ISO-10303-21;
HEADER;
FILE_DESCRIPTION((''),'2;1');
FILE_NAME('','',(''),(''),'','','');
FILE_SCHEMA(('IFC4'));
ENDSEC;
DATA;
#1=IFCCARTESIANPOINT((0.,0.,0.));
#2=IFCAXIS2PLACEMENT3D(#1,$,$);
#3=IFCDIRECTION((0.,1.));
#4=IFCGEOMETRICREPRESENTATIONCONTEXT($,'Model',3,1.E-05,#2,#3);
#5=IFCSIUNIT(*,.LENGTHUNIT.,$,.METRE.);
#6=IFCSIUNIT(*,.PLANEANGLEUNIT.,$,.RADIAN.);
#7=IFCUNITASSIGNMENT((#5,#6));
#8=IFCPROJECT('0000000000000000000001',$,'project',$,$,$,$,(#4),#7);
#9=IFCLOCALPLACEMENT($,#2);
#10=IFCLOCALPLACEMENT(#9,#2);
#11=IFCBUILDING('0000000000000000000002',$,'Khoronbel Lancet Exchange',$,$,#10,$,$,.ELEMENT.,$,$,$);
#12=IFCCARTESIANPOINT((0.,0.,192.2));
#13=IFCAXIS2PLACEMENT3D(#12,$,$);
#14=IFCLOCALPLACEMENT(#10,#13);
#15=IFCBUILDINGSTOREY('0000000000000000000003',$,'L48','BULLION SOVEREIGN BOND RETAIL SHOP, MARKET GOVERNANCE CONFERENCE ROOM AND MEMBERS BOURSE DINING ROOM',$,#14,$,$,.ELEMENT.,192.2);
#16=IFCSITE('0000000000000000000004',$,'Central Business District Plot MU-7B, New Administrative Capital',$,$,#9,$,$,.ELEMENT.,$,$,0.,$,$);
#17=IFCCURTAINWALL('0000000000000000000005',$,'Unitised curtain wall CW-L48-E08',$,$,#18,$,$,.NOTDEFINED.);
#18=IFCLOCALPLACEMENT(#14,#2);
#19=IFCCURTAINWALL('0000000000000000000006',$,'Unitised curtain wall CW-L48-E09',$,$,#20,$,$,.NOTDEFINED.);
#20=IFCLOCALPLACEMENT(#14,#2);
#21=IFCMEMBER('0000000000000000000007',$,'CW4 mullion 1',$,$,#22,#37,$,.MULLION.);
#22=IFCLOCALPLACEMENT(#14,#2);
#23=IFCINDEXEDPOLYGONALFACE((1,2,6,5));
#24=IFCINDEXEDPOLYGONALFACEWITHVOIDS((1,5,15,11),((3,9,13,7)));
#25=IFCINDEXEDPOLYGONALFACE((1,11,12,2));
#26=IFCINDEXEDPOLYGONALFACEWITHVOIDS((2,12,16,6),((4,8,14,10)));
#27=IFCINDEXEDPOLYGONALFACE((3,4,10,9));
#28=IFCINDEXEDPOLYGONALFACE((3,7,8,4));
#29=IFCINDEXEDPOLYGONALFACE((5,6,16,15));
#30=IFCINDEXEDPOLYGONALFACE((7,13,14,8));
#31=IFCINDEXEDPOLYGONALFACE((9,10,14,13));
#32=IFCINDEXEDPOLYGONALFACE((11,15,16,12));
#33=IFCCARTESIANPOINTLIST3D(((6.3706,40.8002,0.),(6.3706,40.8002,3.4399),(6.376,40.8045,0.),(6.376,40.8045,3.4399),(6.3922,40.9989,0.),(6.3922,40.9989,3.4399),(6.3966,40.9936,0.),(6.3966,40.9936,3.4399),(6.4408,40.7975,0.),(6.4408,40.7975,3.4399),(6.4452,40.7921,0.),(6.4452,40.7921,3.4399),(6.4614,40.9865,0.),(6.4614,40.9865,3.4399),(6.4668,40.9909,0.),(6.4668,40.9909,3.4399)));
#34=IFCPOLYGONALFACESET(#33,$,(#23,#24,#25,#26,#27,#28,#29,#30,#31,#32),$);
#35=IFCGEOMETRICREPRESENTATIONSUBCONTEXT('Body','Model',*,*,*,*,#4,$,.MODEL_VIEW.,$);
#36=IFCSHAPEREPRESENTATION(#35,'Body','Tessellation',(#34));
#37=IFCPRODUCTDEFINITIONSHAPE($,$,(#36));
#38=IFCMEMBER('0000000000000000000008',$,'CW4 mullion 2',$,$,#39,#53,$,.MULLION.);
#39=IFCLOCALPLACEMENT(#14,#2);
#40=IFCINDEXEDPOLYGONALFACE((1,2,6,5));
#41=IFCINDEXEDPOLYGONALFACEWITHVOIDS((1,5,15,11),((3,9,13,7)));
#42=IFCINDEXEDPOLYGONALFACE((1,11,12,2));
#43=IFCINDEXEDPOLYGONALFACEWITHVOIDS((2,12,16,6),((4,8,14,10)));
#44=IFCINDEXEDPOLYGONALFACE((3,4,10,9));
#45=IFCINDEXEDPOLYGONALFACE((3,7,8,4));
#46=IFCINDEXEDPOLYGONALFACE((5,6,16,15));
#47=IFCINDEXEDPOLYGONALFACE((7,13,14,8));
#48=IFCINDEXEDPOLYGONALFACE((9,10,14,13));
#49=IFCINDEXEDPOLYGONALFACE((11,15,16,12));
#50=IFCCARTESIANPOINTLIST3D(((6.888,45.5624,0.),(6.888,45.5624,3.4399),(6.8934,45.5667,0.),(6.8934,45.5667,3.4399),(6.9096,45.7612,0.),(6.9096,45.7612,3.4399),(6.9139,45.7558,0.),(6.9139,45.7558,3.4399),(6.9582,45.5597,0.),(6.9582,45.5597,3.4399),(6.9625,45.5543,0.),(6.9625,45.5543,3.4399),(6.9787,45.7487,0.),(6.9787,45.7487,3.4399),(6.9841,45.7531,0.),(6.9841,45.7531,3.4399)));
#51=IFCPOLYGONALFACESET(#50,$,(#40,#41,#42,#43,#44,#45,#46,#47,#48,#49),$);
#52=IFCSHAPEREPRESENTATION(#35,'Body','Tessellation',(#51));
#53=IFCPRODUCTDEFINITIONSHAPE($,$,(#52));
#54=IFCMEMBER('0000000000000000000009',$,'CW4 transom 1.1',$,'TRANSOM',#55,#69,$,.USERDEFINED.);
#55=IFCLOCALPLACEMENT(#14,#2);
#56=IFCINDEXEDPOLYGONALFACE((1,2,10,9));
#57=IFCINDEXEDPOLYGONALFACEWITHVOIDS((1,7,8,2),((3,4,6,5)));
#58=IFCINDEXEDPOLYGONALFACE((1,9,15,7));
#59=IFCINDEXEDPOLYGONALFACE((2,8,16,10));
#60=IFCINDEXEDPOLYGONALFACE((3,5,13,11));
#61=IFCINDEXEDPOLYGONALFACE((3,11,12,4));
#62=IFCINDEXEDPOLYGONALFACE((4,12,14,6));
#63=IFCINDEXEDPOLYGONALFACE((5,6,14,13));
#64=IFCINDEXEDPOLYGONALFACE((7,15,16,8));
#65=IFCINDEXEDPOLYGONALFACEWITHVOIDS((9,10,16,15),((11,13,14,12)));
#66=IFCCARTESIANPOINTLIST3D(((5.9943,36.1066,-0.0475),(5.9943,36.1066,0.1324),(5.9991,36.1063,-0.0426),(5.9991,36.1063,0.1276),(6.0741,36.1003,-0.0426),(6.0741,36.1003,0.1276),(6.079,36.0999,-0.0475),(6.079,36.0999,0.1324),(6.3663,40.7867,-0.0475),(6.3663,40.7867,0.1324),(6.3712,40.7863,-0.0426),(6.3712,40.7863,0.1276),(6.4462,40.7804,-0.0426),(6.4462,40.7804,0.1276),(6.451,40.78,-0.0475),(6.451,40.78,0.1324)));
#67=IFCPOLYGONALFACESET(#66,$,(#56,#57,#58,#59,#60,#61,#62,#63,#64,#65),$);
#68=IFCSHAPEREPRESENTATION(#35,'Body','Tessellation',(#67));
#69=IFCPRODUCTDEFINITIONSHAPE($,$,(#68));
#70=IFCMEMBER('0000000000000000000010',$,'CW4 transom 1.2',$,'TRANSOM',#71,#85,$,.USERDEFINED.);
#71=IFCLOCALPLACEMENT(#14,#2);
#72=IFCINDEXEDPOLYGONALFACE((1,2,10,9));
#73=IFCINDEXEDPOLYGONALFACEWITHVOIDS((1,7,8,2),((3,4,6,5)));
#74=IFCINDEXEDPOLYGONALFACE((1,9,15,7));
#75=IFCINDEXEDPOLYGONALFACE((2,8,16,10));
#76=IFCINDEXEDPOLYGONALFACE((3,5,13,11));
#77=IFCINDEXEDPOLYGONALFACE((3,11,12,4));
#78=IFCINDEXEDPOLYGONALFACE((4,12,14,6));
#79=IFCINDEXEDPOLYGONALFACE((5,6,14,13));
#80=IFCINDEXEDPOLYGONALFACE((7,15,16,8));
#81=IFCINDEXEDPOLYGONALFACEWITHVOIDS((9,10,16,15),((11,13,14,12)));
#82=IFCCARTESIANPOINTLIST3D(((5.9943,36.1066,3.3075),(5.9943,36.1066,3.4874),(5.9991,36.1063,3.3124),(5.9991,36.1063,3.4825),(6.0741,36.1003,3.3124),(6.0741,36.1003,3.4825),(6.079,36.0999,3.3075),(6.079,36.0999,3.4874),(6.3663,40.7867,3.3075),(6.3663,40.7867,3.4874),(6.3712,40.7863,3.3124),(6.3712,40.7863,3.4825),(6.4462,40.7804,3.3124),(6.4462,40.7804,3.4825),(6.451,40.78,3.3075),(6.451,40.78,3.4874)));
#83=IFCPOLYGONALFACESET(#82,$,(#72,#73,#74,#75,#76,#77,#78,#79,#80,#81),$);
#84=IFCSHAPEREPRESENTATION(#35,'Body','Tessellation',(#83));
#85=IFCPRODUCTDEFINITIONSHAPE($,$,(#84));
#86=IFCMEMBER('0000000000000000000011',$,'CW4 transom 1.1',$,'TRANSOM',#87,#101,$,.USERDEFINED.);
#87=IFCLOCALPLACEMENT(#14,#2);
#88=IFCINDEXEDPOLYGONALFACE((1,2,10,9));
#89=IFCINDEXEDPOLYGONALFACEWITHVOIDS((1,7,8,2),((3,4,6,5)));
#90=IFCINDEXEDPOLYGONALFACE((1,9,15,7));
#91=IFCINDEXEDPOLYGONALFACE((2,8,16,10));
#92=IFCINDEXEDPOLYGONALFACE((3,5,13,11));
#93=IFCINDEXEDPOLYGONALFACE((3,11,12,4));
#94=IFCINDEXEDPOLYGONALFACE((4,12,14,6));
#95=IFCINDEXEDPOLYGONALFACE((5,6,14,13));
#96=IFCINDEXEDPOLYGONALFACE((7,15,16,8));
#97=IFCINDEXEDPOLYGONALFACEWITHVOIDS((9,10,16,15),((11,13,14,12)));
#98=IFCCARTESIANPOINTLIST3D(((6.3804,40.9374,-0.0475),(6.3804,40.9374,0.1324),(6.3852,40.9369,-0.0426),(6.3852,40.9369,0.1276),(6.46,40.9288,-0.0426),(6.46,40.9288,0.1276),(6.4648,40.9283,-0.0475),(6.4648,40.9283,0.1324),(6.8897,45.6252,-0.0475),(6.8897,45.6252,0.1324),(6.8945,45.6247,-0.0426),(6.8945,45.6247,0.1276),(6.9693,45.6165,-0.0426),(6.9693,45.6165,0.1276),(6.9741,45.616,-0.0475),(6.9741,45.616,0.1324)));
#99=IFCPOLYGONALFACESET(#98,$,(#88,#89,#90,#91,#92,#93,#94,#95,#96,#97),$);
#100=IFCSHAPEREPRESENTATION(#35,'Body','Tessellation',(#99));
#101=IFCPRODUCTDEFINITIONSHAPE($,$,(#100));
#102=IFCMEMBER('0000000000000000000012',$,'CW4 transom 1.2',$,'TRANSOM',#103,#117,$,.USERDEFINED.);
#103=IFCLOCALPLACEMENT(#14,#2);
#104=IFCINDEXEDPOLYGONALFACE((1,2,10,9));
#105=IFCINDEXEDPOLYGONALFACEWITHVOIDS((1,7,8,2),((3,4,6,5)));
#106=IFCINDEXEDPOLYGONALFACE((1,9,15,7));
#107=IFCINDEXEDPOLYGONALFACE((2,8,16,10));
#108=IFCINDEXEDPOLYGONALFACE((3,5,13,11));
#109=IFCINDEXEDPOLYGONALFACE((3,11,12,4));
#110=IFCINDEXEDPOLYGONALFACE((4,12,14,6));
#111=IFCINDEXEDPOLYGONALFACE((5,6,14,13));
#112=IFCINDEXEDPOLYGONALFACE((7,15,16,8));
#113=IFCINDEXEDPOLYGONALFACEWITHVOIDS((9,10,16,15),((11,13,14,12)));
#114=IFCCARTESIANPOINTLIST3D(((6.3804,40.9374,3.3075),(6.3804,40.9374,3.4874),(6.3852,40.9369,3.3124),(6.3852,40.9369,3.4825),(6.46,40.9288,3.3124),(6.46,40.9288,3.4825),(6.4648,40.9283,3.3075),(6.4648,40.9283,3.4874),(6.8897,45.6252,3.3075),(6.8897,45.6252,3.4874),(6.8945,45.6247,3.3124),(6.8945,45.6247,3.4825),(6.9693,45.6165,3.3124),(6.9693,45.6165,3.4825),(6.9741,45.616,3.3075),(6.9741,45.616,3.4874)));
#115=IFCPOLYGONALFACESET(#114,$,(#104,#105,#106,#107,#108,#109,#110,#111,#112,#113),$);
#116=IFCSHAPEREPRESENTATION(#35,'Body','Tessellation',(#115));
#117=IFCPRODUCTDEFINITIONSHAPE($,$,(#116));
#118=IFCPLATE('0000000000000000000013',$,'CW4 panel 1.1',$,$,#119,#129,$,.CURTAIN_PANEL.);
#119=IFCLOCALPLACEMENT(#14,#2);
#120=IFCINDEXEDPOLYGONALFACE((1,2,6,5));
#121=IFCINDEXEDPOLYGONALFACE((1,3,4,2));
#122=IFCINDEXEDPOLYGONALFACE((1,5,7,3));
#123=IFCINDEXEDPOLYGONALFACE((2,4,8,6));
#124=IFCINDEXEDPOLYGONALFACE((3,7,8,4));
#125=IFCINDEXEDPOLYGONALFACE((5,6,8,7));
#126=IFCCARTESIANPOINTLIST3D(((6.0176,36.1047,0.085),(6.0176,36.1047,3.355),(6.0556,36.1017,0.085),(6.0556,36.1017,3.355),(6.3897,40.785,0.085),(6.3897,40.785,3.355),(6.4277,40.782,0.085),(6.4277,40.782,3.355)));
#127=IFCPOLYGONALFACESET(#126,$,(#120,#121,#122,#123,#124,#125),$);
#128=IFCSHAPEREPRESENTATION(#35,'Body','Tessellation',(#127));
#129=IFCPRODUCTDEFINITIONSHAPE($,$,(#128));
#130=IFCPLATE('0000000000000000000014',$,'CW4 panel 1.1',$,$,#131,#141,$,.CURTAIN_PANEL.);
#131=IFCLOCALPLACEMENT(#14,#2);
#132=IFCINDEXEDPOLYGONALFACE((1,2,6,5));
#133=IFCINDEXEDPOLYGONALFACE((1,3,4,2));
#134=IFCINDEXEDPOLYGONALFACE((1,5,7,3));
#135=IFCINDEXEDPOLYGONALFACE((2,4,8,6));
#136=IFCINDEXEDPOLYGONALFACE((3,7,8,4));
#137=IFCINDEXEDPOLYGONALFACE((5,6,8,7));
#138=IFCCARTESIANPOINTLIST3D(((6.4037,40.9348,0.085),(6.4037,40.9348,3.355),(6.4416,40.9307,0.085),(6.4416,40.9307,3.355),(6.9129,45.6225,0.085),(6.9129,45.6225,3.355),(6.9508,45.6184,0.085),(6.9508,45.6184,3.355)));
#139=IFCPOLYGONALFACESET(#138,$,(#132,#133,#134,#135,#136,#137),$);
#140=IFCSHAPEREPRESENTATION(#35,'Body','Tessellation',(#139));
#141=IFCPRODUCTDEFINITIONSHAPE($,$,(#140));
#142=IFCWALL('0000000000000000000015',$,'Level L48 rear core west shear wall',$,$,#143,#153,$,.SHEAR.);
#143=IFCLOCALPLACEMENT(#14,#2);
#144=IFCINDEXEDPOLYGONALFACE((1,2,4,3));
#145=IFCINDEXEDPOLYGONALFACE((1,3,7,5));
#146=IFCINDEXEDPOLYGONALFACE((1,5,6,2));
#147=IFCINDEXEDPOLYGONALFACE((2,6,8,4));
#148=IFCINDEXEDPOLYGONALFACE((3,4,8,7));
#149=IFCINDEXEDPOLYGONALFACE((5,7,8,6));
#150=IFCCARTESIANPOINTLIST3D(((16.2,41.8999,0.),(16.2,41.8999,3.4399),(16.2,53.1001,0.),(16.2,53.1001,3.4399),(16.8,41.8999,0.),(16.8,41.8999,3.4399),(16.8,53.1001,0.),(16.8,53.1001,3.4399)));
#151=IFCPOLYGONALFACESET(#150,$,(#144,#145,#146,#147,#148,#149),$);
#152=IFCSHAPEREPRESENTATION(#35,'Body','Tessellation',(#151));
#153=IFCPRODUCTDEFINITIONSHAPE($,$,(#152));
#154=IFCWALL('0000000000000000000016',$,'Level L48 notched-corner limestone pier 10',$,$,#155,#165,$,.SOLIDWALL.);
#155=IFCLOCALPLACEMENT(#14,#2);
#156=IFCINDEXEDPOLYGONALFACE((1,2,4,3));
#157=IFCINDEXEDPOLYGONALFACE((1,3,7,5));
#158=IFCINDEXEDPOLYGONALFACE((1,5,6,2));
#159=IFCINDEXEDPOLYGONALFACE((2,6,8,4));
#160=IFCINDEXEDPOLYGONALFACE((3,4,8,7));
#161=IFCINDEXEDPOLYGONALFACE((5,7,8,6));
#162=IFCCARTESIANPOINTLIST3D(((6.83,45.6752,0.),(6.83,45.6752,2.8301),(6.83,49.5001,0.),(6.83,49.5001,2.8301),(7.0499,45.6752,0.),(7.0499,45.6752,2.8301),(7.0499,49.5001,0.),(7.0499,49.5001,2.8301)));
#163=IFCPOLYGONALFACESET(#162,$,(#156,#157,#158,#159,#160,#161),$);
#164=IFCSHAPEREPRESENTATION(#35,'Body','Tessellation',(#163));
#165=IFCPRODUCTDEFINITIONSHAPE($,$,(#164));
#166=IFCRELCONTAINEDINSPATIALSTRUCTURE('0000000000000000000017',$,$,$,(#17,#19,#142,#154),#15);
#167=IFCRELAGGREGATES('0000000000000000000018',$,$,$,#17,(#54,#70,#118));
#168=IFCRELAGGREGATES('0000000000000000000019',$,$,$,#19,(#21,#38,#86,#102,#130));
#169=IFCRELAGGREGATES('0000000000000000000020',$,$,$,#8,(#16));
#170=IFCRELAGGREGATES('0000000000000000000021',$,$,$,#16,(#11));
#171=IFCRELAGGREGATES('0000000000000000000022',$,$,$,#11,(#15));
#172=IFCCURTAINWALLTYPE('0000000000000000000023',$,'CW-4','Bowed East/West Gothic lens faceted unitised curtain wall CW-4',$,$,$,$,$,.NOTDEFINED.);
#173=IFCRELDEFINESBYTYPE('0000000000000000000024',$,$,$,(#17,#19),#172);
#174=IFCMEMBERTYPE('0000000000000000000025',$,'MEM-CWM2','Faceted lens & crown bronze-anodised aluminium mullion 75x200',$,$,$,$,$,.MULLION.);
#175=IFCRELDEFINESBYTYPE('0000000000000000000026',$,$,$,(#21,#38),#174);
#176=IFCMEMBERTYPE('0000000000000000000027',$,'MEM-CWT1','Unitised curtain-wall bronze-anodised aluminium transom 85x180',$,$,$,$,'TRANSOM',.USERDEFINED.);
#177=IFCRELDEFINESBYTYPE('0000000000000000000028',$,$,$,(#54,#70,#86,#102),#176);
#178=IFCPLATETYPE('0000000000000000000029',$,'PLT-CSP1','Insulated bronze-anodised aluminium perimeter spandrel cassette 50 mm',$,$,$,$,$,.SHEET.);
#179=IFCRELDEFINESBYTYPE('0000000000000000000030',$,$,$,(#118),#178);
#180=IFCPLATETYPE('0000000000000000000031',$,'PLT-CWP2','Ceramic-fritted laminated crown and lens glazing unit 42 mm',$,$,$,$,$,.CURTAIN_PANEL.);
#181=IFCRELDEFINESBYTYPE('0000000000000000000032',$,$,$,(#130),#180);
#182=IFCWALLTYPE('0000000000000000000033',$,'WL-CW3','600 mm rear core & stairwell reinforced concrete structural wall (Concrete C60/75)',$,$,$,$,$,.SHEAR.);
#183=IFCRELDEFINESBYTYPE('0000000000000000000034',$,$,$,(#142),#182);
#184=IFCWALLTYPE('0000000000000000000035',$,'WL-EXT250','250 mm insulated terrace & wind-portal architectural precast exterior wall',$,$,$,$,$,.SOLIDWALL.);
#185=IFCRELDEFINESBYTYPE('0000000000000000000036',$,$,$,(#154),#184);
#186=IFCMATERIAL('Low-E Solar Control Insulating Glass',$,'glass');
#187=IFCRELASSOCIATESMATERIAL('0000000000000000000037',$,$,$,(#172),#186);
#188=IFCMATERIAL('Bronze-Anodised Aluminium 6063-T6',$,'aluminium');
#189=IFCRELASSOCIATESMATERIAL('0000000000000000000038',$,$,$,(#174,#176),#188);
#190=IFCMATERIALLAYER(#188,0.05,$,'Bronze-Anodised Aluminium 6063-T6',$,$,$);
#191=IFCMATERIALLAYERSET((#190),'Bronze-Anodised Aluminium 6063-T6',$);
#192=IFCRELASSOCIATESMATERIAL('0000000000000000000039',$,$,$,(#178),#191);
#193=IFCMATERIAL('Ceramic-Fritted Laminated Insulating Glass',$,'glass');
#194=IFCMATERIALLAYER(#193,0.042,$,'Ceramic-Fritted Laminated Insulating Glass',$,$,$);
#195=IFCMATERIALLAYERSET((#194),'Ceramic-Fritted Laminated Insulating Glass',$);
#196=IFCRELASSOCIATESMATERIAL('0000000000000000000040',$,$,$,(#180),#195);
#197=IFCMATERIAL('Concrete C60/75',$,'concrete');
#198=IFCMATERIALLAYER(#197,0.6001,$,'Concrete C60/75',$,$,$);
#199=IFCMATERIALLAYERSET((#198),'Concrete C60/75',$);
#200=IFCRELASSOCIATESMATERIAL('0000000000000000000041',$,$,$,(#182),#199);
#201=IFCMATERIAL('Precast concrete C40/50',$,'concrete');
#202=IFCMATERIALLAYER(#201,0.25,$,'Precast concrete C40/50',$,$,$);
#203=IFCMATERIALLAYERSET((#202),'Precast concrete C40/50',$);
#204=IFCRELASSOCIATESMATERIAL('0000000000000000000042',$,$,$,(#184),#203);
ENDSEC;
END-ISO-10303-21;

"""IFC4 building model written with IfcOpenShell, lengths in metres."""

from ifc_helpers import new_model, si_unit, direction, frame, frame_2d, origin, origin_2d, place, context, subcontext, project, spatial, rectangle, hollow_rectangle, extrude, material, layer, layer_set, material_profile, profile_set, type_object, element, aggregate, save


model = new_model("IFC4")

# Units and contexts
model_context = context("Model", 3, precision=1e-05, world=origin(), true_north=direction((0.0, 1.0)))
body_context = subcontext(model_context, "Body", "Model", "MODEL_VIEW")
ifc_project = project(units=[si_unit("LENGTHUNIT", "METRE"), si_unit("PLANEANGLEUNIT", "RADIAN")], contexts=[model_context])

# Site, building, storey
site_placement = place(None, origin())
site = spatial("IfcSite", under=ifc_project, at=site_placement, Name="Central Business District Plot MU-7B, New Administrative Capital", CompositionType="ELEMENT", RefElevation=0.0)
building_placement = place(site_placement, origin())
building = spatial("IfcBuilding", under=site, at=building_placement, Name="Khoronbel Lancet Exchange", CompositionType="ELEMENT")
storey_placement = place(building_placement, frame((0.0, 0.0, 192.2)))
storey = spatial("IfcBuildingStorey", under=building, at=storey_placement, Name="L48", Description="BULLION SOVEREIGN BOND RETAIL SHOP, MARKET GOVERNANCE CONFERENCE ROOM AND MEMBERS BOURSE DINING ROOM", CompositionType="ELEMENT", Elevation=192.2)

# Shared definitions
ifc_material_1 = material(Name="Low-E Solar Control Insulating Glass", Category="glass")
curtain_wall_type = type_object("IfcCurtainWallType", Name="CW-4", Description="Bowed East/West Gothic lens faceted unitised curtain wall CW-4", PredefinedType="NOTDEFINED", material=ifc_material_1)
ifc_material_2 = material(Name="Bronze-Anodised Aluminium 6063-T6", Category="aluminium")
ifc_material_profile_1 = material_profile(ifc_material_2, hollow_rectangle(XDim=0.075, YDim=0.2, WallThickness=0.0049, at=origin_2d()), Name="ALU MULLION 75x200")
ifc_profile_set_1 = profile_set([ifc_material_profile_1], Name="Bronze-Anodised Aluminium 6063-T6")
member_type_1 = type_object("IfcMemberType", Name="MEM-CWM2", Description="Faceted lens & crown bronze-anodised aluminium mullion 75x200", PredefinedType="MULLION", material=ifc_profile_set_1)

# Curtain walls, members
curtain_wall_1_placement = place(storey_placement, origin())
curtain_wall_1 = element("IfcCurtainWall", 1, at=curtain_wall_1_placement, inside=storey, type_object=curtain_wall_type, Name="Unitised curtain wall CW-L48-E08", PredefinedType="NOTDEFINED")
curtain_wall_2_placement = place(storey_placement, origin())
curtain_wall_2 = element("IfcCurtainWall", 2, at=curtain_wall_2_placement, inside=storey, type_object=curtain_wall_type, Name="Unitised curtain wall CW-L48-E09", PredefinedType="NOTDEFINED")
member_1_placement = place(storey_placement, frame((6.4187, 40.8955, 0.0), z_axis=(0.0, 0.0, 1.0), x_axis=(-0.994152, 0.10799, 0.0)))
member_1 = element("IfcMember", 3, at=member_1_placement, type_object=member_type_1, Name="CW4 mullion 1", PredefinedType="MULLION", context=body_context, shape_type="SweptSolid", body=[
    extrude(hollow_rectangle(XDim=0.075, YDim=0.2, WallThickness=0.0049, at=origin_2d()), origin(), (0.0, 0.0, 1.0), 3.4399),
])
member_2_placement = place(storey_placement, frame((6.936, 45.6577, 0.0), z_axis=(0.0, 0.0, 1.0), x_axis=(-0.994152, 0.10799, 0.0)))
member_2 = element("IfcMember", 4, at=member_2_placement, type_object=member_type_1, Name="CW4 mullion 2", PredefinedType="MULLION", context=body_context, shape_type="SweptSolid", body=[
    extrude(hollow_rectangle(XDim=0.075, YDim=0.2, WallThickness=0.0049, at=origin_2d()), origin(), (0.0, 0.0, 1.0), 3.4399),
])

# Members
ifc_material_profile_2 = material_profile(ifc_material_2, hollow_rectangle(XDim=0.085, YDim=0.1799, WallThickness=0.0049, at=origin_2d()), Name="ALU TRANSOM 85x180")
ifc_profile_set_2 = profile_set([ifc_material_profile_2], Name="Bronze-Anodised Aluminium 6063-T6")
member_type_2 = type_object("IfcMemberType", Name="MEM-CWT1", Description="Unitised curtain-wall bronze-anodised aluminium transom 85x180", ElementType="TRANSOM", PredefinedType="USERDEFINED", material=ifc_profile_set_2)
member_3_placement = place(storey_placement, frame((6.0366, 36.1033, 0.0425), z_axis=(0.079249, 0.996855, 0.0), x_axis=(-0.996855, 0.079249, 0.0)))
member_3 = element("IfcMember", 5, at=member_3_placement, type_object=member_type_2, Name="CW4 transom 1.1", ObjectType="TRANSOM", PredefinedType="USERDEFINED", context=body_context, shape_type="SweptSolid", body=[
    extrude(hollow_rectangle(XDim=0.085, YDim=0.1799, WallThickness=0.0049, at=origin_2d()), origin(), (0.0, 0.0, 1.0), 4.6948),
])
member_4_placement = place(storey_placement, frame((6.0366, 36.1033, 3.3975), z_axis=(0.079249, 0.996855, 0.0), x_axis=(-0.996855, 0.079249, 0.0)))
member_4 = element("IfcMember", 6, at=member_4_placement, type_object=member_type_2, Name="CW4 transom 1.2", ObjectType="TRANSOM", PredefinedType="USERDEFINED", context=body_context, shape_type="SweptSolid", body=[
    extrude(hollow_rectangle(XDim=0.085, YDim=0.1799, WallThickness=0.0049, at=origin_2d()), origin(), (0.0, 0.0, 1.0), 4.6948),
])
member_5_placement = place(storey_placement, frame((6.4226, 40.9329, 0.0425), z_axis=(0.108005, 0.99415, 0.0), x_axis=(-0.99415, 0.108005, 0.0)))
member_5 = element("IfcMember", 7, at=member_5_placement, type_object=member_type_2, Name="CW4 transom 1.1", ObjectType="TRANSOM", PredefinedType="USERDEFINED", context=body_context, shape_type="SweptSolid", body=[
    extrude(hollow_rectangle(XDim=0.085, YDim=0.1799, WallThickness=0.0049, at=origin_2d()), origin(), (0.0, 0.0, 1.0), 4.7153),
])
member_6_placement = place(storey_placement, frame((6.4226, 40.9329, 3.3975), z_axis=(0.108005, 0.99415, 0.0), x_axis=(-0.99415, 0.108005, 0.0)))
member_6 = element("IfcMember", 8, at=member_6_placement, type_object=member_type_2, Name="CW4 transom 1.2", ObjectType="TRANSOM", PredefinedType="USERDEFINED", context=body_context, shape_type="SweptSolid", body=[
    extrude(hollow_rectangle(XDim=0.085, YDim=0.1799, WallThickness=0.0049, at=origin_2d()), origin(), (0.0, 0.0, 1.0), 4.7153),
])

# Plates
ifc_layer_1 = layer(ifc_material_2, 0.05, Name="Bronze-Anodised Aluminium 6063-T6")
ifc_layer_set_1 = layer_set([ifc_layer_1], Name="Bronze-Anodised Aluminium 6063-T6")
plate_type_1 = type_object("IfcPlateType", Name="PLT-CSP1", Description="Insulated bronze-anodised aluminium perimeter spandrel cassette 50 mm", PredefinedType="SHEET", material=ifc_layer_set_1)
plate_1_placement = place(storey_placement, frame((6.2227, 38.4434, 0.085), z_axis=(0.0, 0.0, 1.0), x_axis=(0.079255, 0.996854, 0.0)))
plate_1 = element("IfcPlate", 9, at=plate_1_placement, type_object=plate_type_1, Name="CW4 panel 1.1", PredefinedType="CURTAIN_PANEL", context=body_context, shape_type="SweptSolid", body=[
    extrude(rectangle(XDim=4.6951, YDim=0.0381, at=origin_2d()), origin(), (0.0, 0.0, 1.0), 3.27),
])
aggregate(curtain_wall_1, [member_3, member_4, plate_1])
ifc_material_3 = material(Name="Ceramic-Fritted Laminated Insulating Glass", Category="glass")
ifc_layer_2 = layer(ifc_material_3, 0.042, Name="Ceramic-Fritted Laminated Insulating Glass")
ifc_layer_set_2 = layer_set([ifc_layer_2], Name="Ceramic-Fritted Laminated Insulating Glass")
plate_type_2 = type_object("IfcPlateType", Name="PLT-CWP2", Description="Ceramic-fritted laminated crown and lens glazing unit 42 mm", PredefinedType="CURTAIN_PANEL", material=ifc_layer_set_2)
plate_2_placement = place(storey_placement, frame((6.6772, 43.2766, 0.085), z_axis=(0.0, 0.0, 1.0), x_axis=(0.10799, 0.994152, 0.0)))
plate_2 = element("IfcPlate", 10, at=plate_2_placement, type_object=plate_type_2, Name="CW4 panel 1.1", PredefinedType="CURTAIN_PANEL", context=body_context, shape_type="SweptSolid", body=[
    extrude(rectangle(XDim=4.7153, YDim=0.0381, at=origin_2d()), origin(), (0.0, 0.0, 1.0), 3.27),
])
aggregate(curtain_wall_2, [member_1, member_2, member_5, member_6, plate_2])

# Walls
ifc_material_4 = material(Name="Concrete C60/75", Category="concrete")
ifc_layer_3 = layer(ifc_material_4, 0.6001, Name="Concrete C60/75")
ifc_layer_set_3 = layer_set([ifc_layer_3], Name="Concrete C60/75")
wall_type_1 = type_object("IfcWallType", Name="WL-CW3", Description="600 mm rear core & stairwell reinforced concrete structural wall (Concrete C60/75)", PredefinedType="SHEAR", material=ifc_layer_set_3)
wall_1_placement = place(storey_placement, frame((16.5, 41.8999, 0.0), z_axis=(0.0, 0.0, 1.0), x_axis=(0.0, 1.0, 0.0)))
element("IfcWall", 11, at=wall_1_placement, inside=storey, type_object=wall_type_1, Name="Level L48 rear core west shear wall", PredefinedType="SHEAR", context=body_context, shape_type="SweptSolid", body=[
    extrude(rectangle(XDim=11.2002, YDim=0.6001, at=frame_2d((5.6001, 0.0))), origin(), (0.0, 0.0, 1.0), 3.4399),
])
ifc_material_5 = material(Name="Precast concrete C40/50", Category="concrete")
ifc_layer_4 = layer(ifc_material_5, 0.25, Name="Precast concrete C40/50")
ifc_layer_set_4 = layer_set([ifc_layer_4], Name="Precast concrete C40/50")
wall_type_2 = type_object("IfcWallType", Name="WL-EXT250", Description="250 mm insulated terrace & wind-portal architectural precast exterior wall", PredefinedType="SOLIDWALL", material=ifc_layer_set_4)
wall_2_placement = place(storey_placement, frame((6.9399, 45.675, 0.0), z_axis=(0.0, 0.0, 1.0), x_axis=(0.0, 1.0, 0.0)))
element("IfcWall", 12, at=wall_2_placement, inside=storey, type_object=wall_type_2, Name="Level L48 notched-corner limestone pier 10", PredefinedType="SOLIDWALL", context=body_context, shape_type="SweptSolid", body=[
    extrude(rectangle(XDim=3.825, YDim=0.22, at=frame_2d((1.9126, 0.0))), origin(), (0.0, 0.0, 1.0), 2.8301),
])

save(model, "model.ifc")
